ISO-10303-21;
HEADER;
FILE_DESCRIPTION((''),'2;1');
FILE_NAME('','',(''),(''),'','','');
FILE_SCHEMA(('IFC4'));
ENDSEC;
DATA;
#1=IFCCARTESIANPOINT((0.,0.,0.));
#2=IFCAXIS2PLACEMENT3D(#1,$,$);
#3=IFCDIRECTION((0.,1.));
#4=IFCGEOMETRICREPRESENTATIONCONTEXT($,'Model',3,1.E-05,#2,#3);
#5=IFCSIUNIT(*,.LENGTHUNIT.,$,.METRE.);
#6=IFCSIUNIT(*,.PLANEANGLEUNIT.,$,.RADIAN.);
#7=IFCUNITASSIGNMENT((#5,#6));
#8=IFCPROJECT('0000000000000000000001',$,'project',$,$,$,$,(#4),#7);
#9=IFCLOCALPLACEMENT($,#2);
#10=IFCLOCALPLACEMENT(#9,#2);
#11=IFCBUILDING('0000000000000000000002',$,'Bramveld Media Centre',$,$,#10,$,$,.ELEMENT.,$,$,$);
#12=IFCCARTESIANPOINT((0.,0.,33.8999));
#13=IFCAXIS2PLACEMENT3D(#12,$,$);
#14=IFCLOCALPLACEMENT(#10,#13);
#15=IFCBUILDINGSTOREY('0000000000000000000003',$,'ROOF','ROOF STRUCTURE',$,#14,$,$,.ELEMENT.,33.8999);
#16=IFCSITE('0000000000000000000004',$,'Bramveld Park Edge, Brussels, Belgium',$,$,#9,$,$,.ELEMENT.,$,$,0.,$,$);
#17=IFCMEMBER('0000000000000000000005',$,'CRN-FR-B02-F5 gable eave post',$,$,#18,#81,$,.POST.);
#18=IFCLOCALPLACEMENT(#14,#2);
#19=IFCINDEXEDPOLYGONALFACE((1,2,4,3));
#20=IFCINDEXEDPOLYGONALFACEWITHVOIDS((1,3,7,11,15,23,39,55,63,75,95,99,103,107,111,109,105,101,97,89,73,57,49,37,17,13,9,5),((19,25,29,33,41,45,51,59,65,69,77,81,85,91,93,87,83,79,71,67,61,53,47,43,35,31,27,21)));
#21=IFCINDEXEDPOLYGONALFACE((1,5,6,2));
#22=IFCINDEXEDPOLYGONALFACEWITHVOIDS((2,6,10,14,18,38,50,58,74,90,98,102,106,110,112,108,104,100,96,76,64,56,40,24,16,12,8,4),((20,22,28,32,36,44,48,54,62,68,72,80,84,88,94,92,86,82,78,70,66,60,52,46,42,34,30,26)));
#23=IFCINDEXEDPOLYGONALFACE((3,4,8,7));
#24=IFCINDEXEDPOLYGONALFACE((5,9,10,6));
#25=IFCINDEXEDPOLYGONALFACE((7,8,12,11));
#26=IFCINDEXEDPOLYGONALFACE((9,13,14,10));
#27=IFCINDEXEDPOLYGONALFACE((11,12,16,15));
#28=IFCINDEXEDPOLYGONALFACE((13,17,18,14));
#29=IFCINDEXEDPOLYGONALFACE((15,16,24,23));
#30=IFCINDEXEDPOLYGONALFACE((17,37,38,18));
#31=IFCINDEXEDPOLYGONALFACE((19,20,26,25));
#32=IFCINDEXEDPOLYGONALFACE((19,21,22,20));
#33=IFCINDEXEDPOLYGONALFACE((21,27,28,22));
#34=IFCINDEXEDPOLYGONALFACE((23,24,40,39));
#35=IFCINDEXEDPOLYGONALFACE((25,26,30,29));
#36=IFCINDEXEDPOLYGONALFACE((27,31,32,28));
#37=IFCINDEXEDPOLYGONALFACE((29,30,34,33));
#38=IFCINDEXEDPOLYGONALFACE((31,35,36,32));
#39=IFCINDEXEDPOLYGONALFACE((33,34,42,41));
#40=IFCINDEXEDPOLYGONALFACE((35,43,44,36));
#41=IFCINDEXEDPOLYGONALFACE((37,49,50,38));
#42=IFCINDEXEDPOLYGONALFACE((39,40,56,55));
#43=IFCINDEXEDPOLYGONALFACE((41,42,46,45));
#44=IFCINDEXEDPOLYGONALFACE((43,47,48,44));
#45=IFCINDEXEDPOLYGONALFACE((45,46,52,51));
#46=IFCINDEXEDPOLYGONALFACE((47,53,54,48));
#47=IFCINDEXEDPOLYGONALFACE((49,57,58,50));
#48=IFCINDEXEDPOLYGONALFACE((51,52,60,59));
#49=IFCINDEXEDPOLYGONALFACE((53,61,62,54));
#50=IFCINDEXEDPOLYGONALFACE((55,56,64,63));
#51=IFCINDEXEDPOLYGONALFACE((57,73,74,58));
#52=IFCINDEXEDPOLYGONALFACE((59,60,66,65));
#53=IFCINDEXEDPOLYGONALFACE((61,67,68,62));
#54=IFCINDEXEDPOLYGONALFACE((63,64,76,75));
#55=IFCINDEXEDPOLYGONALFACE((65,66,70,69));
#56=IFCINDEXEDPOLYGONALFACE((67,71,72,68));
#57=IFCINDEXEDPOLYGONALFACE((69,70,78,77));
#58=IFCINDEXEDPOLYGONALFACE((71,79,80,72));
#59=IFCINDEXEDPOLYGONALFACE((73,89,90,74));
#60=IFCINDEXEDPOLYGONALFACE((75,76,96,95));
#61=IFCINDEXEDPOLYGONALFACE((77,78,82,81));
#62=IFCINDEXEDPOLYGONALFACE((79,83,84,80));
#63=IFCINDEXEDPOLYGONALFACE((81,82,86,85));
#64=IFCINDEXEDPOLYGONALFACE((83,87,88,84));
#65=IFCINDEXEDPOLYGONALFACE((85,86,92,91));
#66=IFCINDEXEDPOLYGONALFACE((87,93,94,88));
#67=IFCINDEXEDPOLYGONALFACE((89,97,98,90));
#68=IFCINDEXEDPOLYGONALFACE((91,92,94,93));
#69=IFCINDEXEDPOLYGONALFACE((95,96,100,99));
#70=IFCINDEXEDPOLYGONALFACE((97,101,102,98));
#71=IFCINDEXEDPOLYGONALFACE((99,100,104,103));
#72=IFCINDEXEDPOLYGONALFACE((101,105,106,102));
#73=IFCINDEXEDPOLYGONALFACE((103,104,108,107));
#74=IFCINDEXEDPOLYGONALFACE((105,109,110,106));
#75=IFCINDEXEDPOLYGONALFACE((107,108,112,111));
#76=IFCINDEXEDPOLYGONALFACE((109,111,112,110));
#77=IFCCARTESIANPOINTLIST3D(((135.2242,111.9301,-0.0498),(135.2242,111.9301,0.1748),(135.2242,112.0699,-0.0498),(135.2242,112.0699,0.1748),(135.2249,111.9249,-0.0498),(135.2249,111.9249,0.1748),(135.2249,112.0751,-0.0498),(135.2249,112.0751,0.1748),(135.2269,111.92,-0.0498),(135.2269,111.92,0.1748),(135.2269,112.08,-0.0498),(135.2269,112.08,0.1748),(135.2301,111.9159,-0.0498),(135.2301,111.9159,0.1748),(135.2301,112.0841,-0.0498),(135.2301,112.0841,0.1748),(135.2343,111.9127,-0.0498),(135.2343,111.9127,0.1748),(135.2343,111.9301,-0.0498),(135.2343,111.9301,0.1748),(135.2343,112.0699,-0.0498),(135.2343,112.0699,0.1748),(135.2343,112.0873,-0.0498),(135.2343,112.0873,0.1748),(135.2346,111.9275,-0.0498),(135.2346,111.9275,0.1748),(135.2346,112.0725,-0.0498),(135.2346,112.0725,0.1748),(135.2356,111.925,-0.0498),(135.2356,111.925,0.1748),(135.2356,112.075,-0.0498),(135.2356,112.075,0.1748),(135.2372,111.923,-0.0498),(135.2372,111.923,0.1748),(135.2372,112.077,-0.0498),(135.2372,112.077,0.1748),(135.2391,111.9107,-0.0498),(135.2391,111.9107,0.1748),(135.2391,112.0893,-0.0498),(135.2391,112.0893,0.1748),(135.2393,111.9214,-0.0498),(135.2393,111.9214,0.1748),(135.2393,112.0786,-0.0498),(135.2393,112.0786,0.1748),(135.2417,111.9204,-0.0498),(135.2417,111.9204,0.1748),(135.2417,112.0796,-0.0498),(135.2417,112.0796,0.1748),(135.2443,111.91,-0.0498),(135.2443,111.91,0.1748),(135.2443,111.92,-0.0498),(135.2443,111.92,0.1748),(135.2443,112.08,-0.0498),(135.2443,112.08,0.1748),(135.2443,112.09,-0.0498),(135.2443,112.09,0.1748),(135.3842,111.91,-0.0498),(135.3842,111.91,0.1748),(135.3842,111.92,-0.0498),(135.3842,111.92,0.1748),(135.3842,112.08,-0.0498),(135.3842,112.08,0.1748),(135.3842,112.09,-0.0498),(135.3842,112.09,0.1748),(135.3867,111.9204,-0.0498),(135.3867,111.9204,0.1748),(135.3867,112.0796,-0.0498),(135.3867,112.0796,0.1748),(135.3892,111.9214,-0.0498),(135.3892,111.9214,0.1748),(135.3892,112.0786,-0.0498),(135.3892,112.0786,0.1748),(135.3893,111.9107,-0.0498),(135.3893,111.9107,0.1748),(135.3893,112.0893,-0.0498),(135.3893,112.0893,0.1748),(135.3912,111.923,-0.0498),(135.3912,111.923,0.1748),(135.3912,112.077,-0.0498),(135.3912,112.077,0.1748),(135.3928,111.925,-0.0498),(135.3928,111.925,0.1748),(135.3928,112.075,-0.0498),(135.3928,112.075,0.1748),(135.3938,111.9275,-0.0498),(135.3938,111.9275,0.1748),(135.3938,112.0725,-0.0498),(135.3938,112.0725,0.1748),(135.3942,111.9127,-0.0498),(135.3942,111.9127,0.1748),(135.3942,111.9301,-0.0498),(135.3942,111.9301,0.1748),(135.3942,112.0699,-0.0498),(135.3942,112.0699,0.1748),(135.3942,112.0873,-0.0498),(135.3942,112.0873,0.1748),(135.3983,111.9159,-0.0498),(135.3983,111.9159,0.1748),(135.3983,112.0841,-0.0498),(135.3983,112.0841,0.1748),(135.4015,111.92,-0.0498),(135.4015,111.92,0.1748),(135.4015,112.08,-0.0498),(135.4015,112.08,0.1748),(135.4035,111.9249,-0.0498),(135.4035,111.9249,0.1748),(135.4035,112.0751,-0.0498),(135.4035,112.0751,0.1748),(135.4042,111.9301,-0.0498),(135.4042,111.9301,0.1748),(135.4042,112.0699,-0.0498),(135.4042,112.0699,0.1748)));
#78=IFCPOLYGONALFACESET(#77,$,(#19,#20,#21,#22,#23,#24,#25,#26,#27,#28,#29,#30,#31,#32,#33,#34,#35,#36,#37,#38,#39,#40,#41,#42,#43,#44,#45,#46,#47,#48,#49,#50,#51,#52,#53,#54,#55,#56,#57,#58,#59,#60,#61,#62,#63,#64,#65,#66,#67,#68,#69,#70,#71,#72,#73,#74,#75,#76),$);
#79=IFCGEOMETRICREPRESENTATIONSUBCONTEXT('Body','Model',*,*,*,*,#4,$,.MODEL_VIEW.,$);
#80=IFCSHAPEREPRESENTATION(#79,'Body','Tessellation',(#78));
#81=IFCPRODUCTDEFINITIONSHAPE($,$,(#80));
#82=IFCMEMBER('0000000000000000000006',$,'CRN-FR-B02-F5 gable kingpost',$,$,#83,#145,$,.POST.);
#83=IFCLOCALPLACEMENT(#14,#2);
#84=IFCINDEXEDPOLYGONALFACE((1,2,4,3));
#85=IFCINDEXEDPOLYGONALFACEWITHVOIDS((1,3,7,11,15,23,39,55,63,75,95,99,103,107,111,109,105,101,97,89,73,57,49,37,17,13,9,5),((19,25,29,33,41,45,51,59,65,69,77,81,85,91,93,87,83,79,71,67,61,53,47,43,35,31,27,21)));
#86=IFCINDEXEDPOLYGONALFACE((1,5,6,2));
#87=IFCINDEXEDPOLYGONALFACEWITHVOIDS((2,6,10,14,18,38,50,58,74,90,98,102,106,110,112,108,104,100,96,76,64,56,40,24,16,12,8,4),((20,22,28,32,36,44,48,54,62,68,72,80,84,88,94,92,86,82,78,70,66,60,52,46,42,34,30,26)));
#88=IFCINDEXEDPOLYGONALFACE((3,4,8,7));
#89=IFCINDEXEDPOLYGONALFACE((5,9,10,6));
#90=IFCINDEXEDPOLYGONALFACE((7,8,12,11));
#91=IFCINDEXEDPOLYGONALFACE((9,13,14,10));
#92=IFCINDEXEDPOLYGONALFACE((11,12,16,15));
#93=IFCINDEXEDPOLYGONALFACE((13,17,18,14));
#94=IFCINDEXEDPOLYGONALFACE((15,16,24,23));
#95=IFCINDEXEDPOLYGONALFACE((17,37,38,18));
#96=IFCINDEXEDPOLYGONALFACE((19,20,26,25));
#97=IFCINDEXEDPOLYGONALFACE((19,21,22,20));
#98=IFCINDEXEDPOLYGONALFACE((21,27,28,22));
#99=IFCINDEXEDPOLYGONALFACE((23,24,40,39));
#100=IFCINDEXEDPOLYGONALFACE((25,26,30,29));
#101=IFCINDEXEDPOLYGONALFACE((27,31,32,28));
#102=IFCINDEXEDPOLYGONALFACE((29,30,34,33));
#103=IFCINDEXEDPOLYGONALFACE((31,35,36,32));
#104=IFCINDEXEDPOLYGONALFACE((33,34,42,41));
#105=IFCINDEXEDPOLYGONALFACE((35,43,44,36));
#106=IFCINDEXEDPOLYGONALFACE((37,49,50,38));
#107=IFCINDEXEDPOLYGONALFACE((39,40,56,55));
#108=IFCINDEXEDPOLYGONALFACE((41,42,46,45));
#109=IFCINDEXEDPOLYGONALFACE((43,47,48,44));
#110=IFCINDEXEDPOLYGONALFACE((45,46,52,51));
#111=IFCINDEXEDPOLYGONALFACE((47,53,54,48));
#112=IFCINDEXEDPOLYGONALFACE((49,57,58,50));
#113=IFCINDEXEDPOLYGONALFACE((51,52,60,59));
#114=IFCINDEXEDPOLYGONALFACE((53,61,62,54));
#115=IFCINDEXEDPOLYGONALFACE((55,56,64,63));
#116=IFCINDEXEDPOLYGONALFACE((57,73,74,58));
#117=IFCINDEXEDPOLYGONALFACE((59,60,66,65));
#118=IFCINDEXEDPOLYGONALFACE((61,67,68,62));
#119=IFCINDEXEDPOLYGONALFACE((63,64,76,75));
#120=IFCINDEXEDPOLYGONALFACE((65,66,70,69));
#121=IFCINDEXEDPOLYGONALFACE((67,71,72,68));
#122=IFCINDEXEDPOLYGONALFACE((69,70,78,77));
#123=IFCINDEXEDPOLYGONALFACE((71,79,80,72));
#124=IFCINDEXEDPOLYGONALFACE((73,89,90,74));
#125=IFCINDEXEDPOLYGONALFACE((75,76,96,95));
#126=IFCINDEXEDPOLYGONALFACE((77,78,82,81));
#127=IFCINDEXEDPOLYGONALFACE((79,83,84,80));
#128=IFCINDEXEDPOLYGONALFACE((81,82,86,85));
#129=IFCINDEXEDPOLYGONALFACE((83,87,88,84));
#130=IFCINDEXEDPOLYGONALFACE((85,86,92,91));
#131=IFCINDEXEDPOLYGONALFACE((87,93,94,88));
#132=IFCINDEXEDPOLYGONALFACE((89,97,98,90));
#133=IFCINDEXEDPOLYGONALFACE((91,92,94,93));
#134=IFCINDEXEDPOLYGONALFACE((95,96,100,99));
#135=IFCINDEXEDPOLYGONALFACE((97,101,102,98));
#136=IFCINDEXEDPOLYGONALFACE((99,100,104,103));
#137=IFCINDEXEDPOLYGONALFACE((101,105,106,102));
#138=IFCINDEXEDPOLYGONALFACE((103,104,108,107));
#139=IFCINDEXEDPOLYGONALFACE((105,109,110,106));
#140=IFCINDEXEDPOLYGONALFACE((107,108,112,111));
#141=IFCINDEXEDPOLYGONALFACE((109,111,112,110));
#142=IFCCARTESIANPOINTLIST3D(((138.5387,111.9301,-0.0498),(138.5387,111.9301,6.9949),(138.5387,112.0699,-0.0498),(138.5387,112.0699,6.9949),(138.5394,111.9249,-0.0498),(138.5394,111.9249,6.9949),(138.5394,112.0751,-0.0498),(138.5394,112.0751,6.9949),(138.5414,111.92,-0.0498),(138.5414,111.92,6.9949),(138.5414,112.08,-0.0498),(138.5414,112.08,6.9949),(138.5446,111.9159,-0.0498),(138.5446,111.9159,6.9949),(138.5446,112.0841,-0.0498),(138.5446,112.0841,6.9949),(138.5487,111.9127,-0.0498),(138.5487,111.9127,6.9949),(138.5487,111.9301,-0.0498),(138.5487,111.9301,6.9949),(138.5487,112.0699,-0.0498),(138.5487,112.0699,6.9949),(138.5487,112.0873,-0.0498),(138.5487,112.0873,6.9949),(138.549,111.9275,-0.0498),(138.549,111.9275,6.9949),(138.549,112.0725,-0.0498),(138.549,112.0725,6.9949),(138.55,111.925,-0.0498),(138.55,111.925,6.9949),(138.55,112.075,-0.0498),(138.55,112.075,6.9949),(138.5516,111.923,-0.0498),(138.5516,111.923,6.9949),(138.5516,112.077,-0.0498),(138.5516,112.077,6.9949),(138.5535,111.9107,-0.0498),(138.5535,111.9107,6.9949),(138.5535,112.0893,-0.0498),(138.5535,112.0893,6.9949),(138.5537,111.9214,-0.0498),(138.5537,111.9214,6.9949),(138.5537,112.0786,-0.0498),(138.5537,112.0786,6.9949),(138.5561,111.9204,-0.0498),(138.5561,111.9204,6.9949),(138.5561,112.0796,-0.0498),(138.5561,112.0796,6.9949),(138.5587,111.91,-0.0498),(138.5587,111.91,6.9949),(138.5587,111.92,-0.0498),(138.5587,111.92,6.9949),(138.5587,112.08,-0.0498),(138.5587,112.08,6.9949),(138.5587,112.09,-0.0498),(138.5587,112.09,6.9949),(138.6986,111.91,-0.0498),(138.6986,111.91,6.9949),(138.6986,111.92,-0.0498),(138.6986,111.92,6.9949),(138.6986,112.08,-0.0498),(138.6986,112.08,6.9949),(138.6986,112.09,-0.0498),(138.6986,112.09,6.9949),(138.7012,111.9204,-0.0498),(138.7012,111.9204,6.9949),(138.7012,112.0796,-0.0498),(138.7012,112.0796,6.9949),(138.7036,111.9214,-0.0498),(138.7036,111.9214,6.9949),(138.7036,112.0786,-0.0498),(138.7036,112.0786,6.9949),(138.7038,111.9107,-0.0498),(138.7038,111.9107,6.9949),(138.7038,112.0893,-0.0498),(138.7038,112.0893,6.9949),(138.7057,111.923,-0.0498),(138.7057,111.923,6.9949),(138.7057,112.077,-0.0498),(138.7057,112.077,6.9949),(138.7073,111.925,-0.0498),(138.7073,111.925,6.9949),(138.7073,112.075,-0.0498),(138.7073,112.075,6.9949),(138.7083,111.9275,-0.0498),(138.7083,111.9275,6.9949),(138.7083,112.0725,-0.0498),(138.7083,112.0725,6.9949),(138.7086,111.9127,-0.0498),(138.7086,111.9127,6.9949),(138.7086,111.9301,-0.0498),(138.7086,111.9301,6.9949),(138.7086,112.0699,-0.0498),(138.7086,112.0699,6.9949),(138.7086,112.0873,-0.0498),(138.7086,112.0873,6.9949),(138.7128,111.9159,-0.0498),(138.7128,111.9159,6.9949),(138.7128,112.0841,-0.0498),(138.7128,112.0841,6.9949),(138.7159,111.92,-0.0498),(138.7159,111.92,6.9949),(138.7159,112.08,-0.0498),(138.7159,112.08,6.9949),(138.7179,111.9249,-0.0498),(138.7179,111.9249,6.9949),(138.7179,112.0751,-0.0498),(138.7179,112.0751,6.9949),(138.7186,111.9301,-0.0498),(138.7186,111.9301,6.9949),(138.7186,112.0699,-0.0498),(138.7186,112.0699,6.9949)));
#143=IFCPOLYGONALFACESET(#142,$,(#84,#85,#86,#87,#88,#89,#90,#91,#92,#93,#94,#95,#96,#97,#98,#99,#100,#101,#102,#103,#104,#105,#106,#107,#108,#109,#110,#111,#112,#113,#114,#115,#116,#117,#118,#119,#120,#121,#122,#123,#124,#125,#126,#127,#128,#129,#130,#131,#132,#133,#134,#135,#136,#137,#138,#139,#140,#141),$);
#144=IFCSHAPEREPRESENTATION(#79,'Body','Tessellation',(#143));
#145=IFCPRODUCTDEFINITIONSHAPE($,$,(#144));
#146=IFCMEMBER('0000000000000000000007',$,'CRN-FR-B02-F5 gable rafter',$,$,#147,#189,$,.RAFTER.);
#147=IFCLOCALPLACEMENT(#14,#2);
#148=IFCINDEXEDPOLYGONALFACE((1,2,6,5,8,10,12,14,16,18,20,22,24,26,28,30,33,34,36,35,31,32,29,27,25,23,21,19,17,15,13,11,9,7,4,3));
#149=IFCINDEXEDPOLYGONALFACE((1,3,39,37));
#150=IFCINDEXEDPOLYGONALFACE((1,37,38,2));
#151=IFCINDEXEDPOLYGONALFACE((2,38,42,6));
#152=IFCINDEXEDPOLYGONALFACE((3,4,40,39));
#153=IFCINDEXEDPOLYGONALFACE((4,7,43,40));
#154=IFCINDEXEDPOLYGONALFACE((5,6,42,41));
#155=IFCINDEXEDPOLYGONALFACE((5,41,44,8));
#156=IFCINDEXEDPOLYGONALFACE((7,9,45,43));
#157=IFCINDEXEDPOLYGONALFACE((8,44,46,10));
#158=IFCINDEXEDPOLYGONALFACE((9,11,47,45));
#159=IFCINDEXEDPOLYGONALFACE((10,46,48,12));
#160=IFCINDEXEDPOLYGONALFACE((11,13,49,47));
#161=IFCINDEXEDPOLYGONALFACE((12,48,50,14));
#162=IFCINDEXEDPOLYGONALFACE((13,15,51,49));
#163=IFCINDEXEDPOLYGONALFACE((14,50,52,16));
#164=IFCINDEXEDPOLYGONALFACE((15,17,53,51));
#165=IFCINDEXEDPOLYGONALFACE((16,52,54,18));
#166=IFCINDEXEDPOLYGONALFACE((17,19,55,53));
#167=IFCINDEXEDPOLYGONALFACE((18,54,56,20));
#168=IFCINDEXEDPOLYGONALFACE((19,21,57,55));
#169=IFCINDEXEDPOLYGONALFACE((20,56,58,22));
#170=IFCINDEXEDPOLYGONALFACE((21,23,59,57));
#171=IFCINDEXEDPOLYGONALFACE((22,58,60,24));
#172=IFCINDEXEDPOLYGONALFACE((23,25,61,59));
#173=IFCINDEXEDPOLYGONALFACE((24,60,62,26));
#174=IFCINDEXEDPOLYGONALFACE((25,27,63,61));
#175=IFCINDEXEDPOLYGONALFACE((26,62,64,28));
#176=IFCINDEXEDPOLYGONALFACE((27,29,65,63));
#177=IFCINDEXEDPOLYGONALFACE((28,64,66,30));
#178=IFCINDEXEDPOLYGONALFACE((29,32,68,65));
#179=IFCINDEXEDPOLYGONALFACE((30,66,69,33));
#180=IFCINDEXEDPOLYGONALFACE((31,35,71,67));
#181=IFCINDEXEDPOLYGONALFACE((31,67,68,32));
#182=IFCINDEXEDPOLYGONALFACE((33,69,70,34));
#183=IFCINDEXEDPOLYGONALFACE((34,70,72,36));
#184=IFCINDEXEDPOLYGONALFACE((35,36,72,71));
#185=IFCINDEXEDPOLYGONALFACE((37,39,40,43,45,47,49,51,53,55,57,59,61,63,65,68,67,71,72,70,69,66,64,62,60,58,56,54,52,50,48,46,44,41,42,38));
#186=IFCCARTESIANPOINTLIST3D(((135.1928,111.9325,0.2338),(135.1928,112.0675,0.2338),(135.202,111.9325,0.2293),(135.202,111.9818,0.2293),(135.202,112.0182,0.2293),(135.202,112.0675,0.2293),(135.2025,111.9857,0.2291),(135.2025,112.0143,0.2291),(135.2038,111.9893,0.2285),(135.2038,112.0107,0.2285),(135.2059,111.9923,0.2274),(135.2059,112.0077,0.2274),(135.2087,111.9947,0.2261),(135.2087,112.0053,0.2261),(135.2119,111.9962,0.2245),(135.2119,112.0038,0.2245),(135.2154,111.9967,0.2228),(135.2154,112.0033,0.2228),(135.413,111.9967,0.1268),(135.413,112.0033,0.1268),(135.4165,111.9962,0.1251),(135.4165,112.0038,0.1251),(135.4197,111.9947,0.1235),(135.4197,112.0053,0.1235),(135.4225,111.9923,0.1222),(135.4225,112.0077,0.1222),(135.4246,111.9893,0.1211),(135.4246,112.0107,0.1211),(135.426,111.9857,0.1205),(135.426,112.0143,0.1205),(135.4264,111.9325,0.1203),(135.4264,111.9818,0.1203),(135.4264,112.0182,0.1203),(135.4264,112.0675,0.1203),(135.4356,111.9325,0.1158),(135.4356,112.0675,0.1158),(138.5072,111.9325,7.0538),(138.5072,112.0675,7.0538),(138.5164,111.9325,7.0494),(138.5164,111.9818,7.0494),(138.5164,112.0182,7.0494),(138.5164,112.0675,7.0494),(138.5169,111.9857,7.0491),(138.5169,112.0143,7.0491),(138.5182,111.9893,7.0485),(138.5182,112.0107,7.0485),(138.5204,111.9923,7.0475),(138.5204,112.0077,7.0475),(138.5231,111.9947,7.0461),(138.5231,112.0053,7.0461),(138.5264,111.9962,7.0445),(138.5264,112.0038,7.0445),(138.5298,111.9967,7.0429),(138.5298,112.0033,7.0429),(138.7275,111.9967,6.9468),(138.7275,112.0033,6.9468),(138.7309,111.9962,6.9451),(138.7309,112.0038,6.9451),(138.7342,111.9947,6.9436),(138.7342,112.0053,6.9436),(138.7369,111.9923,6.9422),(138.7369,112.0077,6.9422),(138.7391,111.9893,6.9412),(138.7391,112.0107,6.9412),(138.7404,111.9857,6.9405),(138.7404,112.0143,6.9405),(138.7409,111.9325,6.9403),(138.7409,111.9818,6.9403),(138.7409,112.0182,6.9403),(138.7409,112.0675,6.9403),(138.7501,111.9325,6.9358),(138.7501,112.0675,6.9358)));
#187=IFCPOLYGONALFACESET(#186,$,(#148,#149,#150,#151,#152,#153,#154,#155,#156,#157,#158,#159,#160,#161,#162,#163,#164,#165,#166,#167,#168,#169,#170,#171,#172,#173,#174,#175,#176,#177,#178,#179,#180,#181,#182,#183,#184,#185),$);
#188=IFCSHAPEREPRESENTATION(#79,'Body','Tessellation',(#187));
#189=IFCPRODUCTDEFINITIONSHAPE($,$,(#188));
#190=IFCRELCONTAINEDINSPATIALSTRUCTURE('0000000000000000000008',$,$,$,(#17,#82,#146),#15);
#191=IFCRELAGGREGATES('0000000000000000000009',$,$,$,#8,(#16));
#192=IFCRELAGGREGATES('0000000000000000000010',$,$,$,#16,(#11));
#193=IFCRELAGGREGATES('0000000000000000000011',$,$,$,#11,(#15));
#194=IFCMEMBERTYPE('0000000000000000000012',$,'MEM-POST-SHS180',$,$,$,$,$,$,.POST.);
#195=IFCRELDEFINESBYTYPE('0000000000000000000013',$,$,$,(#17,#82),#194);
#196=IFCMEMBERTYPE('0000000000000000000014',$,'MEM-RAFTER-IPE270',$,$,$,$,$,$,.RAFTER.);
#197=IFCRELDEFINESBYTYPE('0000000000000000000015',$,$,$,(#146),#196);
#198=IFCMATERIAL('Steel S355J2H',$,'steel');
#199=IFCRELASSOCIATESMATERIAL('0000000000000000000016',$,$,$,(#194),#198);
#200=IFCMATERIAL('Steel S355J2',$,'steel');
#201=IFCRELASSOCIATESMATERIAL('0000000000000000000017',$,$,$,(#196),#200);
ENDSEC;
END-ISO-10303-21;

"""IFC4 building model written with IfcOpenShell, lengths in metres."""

from ifc_helpers import new_model, si_unit, direction, frame, origin, origin_2d, place, context, subcontext, project, spatial, hollow_rectangle, i_section, extrude, material, material_profile, profile_set, type_object, element, save


model = new_model("IFC4")

# Units and contexts
model_context = context("Model", 3, precision=1e-05, world=origin(), true_north=direction((0.0, 1.0)))
body_context = subcontext(model_context, "Body", "Model", "MODEL_VIEW")
ifc_project = project(units=[si_unit("LENGTHUNIT", "METRE"), si_unit("PLANEANGLEUNIT", "RADIAN")], contexts=[model_context])

# Site, building, storey
site_placement = place(None, origin())
site = spatial("IfcSite", under=ifc_project, at=site_placement, Name="Bramveld Park Edge, Brussels, Belgium", CompositionType="ELEMENT", RefElevation=0.0)
building_placement = place(site_placement, origin())
building = spatial("IfcBuilding", under=site, at=building_placement, Name="Bramveld Media Centre", CompositionType="ELEMENT")
storey_placement = place(building_placement, frame((0.0, 0.0, 33.8999)))
storey = spatial("IfcBuildingStorey", under=building, at=storey_placement, Name="ROOF", Description="ROOF STRUCTURE", CompositionType="ELEMENT", Elevation=33.8999)

# Members
ifc_material_1 = material(Name="Steel S355J2H", Category="steel")
ifc_material_profile_1 = material_profile(ifc_material_1, hollow_rectangle(XDim=0.1799, YDim=0.1799, WallThickness=0.01, InnerFilletRadius=0.01, OuterFilletRadius=0.02, at=origin_2d()), Name="SHS 180x180x10")
ifc_profile_set_1 = profile_set([ifc_material_profile_1], Name="Steel S355J2H")
member_type_1 = type_object("IfcMemberType", Name="MEM-POST-SHS180", PredefinedType="POST", material=ifc_profile_set_1)
member_1_placement = place(storey_placement, frame((135.3142, 112.0, -0.0498), z_axis=(0.0, 0.0, 1.0), x_axis=(1.0, 0.0, 0.0)))
element("IfcMember", 1, at=member_1_placement, inside=storey, type_object=member_type_1, Name="CRN-FR-B02-F5 gable eave post", PredefinedType="POST", context=body_context, shape_type="SweptSolid", body=[
    extrude(hollow_rectangle(XDim=0.1799, YDim=0.1799, WallThickness=0.01, InnerFilletRadius=0.01, OuterFilletRadius=0.02, at=origin_2d()), origin(), (0.0, 0.0, 1.0), 0.2246),
])
member_2_placement = place(storey_placement, frame((138.6287, 112.0, -0.0498), z_axis=(0.0, 0.0, 1.0), x_axis=(1.0, 0.0, 0.0)))
element("IfcMember", 2, at=member_2_placement, inside=storey, type_object=member_type_1, Name="CRN-FR-B02-F5 gable kingpost", PredefinedType="POST", context=body_context, shape_type="SweptSolid", body=[
    extrude(hollow_rectangle(XDim=0.1799, YDim=0.1799, WallThickness=0.01, InnerFilletRadius=0.01, OuterFilletRadius=0.02, at=origin_2d()), origin(), (0.0, 0.0, 1.0), 7.0447),
])
ifc_material_2 = material(Name="Steel S355J2", Category="steel")
ifc_material_profile_2 = material_profile(ifc_material_2, i_section(OverallWidth=0.135, OverallDepth=0.27, WebThickness=0.0066, FlangeThickness=0.0103, FilletRadius=0.0149, at=origin_2d()), Name="IPE 270")
ifc_profile_set_2 = profile_set([ifc_material_profile_2], Name="Steel S355J2")
member_type_2 = type_object("IfcMemberType", Name="MEM-RAFTER-IPE270", PredefinedType="RAFTER", material=ifc_profile_set_2)
member_3_placement = place(storey_placement, frame((135.3142, 112.0, 0.1748), z_axis=(0.437101, 0.0, 0.899412), x_axis=(0.0, 1.0, 0.0)))
element("IfcMember", 3, at=member_3_placement, inside=storey, type_object=member_type_2, Name="CRN-FR-B02-F5 gable rafter", PredefinedType="RAFTER", context=body_context, shape_type="SweptSolid", body=[
    extrude(i_section(OverallWidth=0.135, OverallDepth=0.27, WebThickness=0.0066, FlangeThickness=0.0103, FilletRadius=0.0149, at=origin_2d()), origin(), (0.0, 0.0, 1.0), 7.5828),
])

save(model, "model.ifc")
